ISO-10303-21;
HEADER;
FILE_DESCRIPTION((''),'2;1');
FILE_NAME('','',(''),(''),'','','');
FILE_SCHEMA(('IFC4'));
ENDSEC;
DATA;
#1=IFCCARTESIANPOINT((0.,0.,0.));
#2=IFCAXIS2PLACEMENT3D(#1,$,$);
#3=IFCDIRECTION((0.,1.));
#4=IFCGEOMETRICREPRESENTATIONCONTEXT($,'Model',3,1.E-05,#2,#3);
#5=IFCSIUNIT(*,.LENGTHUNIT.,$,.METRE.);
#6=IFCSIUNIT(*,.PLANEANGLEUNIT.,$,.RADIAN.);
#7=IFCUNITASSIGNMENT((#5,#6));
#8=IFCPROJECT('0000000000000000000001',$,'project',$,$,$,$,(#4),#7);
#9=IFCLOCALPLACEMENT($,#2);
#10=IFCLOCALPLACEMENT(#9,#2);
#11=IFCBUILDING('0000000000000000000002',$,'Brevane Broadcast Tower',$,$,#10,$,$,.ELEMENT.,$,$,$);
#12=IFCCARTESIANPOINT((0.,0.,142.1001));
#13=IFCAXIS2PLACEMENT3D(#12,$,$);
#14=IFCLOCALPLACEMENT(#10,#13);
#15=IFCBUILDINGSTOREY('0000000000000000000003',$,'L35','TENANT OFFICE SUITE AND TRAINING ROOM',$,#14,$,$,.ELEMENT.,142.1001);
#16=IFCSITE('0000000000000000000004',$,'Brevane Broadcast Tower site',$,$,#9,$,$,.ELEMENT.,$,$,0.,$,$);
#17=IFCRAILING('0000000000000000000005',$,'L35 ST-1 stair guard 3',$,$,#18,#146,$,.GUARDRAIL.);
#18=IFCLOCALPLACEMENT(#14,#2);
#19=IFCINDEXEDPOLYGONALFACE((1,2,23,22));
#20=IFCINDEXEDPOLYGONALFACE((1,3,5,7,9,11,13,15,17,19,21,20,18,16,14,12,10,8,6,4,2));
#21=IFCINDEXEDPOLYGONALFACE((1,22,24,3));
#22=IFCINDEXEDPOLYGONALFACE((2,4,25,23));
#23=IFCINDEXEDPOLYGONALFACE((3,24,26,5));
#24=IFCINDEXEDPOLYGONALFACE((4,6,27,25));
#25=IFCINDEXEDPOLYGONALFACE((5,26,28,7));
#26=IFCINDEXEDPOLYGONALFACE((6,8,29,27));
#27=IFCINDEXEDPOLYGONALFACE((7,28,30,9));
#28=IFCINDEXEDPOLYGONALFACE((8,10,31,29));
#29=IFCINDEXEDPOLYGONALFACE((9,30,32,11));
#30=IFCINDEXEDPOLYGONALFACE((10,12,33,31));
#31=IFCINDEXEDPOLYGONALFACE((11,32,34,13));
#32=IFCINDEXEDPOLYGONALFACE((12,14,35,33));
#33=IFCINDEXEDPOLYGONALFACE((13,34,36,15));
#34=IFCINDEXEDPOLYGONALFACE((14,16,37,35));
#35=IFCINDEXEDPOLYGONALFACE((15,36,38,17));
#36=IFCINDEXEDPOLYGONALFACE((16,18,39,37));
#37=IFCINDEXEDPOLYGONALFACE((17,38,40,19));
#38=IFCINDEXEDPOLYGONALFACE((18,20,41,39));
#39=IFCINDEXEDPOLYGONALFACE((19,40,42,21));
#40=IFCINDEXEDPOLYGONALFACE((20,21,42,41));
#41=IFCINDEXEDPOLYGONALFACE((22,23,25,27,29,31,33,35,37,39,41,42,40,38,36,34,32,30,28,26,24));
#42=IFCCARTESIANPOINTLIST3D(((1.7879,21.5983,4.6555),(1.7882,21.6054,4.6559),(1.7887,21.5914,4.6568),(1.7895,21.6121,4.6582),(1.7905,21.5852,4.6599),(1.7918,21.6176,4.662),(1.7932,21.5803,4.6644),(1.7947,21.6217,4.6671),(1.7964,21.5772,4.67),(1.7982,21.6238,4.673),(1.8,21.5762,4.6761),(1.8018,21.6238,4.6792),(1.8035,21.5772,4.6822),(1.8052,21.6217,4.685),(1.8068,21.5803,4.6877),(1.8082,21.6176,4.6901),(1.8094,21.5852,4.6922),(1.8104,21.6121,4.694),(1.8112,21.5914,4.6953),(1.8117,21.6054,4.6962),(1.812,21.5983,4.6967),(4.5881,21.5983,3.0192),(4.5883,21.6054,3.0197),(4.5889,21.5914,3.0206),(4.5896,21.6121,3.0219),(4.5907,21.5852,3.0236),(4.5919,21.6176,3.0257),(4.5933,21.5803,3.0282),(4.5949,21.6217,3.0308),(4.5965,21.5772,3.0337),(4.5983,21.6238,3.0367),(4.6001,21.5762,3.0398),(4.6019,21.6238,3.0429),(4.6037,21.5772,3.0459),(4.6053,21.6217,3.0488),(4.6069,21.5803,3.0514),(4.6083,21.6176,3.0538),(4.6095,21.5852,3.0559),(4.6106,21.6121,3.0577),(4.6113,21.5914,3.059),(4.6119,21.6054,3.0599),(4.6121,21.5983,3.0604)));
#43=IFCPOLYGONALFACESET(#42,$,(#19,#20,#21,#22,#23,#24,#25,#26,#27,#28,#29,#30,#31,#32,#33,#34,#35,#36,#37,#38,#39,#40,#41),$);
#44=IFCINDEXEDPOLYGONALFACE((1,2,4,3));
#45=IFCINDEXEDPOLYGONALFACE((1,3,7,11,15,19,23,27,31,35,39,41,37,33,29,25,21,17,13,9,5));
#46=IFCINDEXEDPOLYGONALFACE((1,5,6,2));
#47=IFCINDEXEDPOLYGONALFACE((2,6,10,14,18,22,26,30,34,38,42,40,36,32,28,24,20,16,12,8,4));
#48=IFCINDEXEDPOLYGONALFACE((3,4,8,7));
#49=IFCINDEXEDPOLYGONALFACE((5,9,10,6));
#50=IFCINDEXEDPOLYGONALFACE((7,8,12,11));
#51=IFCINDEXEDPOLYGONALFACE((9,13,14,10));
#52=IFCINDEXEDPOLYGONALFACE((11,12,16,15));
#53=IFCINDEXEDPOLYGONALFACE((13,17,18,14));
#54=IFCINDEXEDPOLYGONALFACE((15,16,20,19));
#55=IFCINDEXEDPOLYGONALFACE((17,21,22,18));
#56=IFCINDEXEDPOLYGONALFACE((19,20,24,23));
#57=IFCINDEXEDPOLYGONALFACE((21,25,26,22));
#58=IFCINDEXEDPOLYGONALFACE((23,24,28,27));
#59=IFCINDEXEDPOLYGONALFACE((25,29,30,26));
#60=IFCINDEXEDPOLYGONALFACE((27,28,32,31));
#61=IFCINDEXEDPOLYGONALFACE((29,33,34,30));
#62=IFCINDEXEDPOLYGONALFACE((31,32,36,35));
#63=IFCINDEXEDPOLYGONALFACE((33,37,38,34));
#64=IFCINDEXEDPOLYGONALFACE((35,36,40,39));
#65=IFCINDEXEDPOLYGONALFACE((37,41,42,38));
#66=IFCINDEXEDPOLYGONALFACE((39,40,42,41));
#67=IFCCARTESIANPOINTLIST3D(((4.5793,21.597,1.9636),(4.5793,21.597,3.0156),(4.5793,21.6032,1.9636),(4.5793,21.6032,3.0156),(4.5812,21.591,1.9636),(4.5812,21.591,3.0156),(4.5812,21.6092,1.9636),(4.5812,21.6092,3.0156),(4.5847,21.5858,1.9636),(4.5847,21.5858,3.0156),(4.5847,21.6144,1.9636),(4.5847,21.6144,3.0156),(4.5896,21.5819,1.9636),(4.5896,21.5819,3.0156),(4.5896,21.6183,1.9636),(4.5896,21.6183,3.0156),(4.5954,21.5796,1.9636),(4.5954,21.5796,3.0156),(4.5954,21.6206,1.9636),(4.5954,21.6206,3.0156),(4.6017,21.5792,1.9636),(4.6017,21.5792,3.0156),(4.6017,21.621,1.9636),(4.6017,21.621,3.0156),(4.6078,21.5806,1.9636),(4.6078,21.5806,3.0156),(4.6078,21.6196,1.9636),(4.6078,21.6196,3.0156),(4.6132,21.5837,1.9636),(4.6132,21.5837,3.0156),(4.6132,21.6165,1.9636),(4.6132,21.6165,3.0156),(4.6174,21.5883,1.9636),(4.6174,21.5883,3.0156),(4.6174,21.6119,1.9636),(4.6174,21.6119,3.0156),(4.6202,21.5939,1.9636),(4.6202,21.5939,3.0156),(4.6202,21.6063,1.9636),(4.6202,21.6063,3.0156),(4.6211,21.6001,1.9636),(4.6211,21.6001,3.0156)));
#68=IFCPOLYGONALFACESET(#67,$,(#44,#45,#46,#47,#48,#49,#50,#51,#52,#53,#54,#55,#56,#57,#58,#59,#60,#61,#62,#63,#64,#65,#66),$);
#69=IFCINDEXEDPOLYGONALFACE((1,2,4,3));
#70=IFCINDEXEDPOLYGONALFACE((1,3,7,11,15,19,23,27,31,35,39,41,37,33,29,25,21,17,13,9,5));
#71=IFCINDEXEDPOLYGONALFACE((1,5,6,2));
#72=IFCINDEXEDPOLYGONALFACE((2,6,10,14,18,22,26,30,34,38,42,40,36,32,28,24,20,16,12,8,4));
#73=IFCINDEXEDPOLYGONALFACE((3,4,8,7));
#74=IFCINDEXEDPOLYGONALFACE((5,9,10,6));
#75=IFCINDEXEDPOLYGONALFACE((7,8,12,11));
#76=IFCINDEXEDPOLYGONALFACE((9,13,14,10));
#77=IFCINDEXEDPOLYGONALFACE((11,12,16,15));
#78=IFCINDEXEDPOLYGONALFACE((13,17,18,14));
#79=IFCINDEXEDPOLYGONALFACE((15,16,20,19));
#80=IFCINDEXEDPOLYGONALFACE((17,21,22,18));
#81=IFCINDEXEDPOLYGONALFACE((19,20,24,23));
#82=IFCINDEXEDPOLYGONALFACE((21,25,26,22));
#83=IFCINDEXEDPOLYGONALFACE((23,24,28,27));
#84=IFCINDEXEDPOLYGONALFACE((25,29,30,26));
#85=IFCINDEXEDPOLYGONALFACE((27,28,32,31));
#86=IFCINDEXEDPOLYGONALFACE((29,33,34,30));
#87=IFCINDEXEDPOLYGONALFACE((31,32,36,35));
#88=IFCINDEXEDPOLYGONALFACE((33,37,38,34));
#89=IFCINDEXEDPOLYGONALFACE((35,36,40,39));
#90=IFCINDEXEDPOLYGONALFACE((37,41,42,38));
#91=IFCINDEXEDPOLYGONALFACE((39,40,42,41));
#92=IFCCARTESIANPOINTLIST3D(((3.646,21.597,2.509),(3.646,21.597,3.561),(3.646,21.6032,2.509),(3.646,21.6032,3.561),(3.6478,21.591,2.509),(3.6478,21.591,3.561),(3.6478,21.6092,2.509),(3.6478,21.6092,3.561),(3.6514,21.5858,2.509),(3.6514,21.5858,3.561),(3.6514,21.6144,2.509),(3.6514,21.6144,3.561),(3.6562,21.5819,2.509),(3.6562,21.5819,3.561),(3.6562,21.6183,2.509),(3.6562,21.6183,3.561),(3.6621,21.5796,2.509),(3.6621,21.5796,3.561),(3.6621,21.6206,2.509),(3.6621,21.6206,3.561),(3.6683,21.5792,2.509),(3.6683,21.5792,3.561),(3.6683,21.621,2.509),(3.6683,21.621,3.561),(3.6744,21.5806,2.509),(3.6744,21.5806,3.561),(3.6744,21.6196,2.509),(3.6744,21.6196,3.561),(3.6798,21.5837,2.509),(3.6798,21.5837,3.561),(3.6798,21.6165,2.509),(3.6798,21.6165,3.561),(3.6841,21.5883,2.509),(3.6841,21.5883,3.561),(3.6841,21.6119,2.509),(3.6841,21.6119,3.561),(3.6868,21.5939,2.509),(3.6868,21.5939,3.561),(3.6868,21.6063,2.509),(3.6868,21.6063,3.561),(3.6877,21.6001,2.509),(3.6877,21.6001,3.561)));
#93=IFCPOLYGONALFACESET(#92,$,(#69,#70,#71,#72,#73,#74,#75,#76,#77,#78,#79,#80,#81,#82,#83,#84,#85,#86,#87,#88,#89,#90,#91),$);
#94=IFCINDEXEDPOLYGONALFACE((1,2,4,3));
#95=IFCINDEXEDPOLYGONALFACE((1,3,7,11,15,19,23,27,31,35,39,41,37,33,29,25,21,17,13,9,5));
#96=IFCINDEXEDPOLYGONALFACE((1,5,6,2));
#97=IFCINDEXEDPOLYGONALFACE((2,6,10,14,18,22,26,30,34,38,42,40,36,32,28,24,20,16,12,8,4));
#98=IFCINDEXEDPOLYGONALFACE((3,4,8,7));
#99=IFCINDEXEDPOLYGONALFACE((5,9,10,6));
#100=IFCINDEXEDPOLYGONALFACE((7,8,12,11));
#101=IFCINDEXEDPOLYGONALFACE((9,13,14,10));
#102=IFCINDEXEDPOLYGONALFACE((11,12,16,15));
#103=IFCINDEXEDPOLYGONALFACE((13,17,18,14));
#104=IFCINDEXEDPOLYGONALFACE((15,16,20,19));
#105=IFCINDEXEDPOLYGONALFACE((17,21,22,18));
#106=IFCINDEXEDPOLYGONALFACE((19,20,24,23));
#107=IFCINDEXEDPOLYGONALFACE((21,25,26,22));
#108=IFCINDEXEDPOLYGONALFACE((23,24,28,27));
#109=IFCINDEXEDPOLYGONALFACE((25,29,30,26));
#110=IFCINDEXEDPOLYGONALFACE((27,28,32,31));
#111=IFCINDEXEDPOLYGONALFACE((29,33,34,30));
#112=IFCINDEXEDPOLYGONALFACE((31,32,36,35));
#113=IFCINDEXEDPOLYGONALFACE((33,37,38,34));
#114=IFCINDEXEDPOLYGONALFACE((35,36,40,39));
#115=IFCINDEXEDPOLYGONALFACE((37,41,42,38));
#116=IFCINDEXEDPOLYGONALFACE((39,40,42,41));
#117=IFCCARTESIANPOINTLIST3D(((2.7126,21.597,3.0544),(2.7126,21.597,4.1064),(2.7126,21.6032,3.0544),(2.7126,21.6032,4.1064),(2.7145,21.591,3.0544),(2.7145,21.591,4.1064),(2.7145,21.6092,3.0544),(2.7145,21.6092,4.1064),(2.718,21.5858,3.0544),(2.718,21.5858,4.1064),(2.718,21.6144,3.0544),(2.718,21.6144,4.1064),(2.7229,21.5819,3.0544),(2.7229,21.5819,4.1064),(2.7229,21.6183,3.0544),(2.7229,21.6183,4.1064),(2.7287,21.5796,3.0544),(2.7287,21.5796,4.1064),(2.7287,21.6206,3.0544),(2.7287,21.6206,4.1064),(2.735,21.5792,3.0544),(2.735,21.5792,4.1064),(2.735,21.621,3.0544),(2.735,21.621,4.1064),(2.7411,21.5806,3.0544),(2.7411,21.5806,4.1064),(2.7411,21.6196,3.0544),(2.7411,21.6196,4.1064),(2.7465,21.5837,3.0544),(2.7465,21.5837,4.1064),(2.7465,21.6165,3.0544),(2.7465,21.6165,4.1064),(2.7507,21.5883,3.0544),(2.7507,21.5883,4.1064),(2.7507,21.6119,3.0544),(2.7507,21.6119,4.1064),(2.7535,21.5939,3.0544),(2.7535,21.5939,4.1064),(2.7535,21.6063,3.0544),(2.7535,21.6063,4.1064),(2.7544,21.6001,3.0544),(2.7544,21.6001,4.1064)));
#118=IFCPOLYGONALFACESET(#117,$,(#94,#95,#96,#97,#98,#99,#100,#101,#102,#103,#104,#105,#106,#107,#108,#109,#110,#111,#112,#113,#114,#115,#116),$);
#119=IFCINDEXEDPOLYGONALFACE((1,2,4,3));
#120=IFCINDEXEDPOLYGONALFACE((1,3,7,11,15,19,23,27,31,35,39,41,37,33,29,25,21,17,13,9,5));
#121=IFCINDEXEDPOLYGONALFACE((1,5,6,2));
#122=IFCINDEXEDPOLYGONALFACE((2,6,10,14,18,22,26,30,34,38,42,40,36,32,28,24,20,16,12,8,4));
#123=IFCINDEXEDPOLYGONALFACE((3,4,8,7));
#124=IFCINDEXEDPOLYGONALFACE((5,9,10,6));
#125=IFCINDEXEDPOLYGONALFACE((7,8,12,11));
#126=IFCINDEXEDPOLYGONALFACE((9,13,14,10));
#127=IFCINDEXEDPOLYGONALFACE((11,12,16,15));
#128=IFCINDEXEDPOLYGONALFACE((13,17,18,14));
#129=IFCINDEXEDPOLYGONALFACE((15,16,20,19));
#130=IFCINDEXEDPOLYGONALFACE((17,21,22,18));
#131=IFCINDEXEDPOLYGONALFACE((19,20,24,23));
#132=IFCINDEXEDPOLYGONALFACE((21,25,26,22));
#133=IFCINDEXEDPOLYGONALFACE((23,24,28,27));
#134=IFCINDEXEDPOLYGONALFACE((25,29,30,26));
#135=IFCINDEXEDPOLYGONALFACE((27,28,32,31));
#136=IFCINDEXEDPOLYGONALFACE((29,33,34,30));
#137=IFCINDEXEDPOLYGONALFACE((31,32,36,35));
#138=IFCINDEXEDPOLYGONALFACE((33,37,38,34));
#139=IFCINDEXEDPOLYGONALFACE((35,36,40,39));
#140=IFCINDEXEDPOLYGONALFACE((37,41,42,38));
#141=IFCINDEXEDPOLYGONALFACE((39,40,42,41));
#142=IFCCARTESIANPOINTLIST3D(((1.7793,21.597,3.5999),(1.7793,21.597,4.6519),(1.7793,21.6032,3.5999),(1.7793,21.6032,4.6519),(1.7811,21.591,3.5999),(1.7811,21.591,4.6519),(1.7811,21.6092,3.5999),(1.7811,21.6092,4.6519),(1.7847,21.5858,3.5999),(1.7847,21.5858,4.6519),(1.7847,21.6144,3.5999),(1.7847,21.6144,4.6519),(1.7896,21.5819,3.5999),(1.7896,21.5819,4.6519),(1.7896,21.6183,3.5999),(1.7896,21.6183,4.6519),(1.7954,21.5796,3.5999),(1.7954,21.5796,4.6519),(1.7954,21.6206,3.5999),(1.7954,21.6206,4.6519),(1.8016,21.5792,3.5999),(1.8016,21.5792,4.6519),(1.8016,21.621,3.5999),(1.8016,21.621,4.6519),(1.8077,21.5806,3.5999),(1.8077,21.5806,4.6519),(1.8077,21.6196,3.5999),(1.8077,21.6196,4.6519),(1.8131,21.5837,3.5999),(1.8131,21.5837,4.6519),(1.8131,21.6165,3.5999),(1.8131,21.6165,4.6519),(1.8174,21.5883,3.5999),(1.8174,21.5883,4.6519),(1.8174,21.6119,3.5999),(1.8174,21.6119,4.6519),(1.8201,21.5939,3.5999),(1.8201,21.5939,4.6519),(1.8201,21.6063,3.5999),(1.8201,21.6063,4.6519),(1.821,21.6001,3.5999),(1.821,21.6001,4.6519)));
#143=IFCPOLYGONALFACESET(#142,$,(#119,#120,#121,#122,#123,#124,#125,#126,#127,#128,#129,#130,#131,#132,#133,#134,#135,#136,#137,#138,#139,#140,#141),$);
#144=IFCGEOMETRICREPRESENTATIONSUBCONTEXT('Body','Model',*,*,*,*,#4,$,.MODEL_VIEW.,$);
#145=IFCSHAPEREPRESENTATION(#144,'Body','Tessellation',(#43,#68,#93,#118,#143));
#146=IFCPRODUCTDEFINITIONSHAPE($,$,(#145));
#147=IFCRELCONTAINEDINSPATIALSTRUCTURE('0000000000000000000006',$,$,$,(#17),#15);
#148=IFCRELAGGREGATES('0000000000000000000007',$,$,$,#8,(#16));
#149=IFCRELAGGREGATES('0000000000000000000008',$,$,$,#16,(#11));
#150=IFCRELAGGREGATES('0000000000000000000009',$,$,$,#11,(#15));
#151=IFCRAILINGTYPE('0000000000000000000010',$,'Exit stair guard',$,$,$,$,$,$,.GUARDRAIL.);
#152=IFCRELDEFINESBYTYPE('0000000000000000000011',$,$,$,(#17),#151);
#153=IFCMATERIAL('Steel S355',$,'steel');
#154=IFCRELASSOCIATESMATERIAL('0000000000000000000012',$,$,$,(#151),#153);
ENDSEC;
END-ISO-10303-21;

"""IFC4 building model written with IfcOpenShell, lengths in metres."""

from ifc_helpers import new_model, si_unit, direction, frame, origin, origin_2d, place, context, subcontext, project, spatial, circle, extrude, material, type_object, element, save


model = new_model("IFC4")

# Units and contexts
model_context = context("Model", 3, precision=1e-05, world=origin(), true_north=direction((0.0, 1.0)))
body_context = subcontext(model_context, "Body", "Model", "MODEL_VIEW")
ifc_project = project(units=[si_unit("LENGTHUNIT", "METRE"), si_unit("PLANEANGLEUNIT", "RADIAN")], contexts=[model_context])

# Site, building, storey
site_placement = place(None, origin())
site = spatial("IfcSite", under=ifc_project, at=site_placement, Name="Brevane Broadcast Tower site", CompositionType="ELEMENT", RefElevation=0.0)
building_placement = place(site_placement, origin())
building = spatial("IfcBuilding", under=site, at=building_placement, Name="Brevane Broadcast Tower", CompositionType="ELEMENT")
storey_placement = place(building_placement, frame((0.0, 0.0, 142.1001)))
storey = spatial("IfcBuildingStorey", under=building, at=storey_placement, Name="L35", Description="TENANT OFFICE SUITE AND TRAINING ROOM", CompositionType="ELEMENT", Elevation=142.1001)

# Railing
ifc_material_1 = material(Name="Steel S355", Category="steel")
railing_type_1 = type_object("IfcRailingType", Name="Exit stair guard", PredefinedType="GUARDRAIL", material=ifc_material_1)
railing_1_placement = place(storey_placement, frame((4.6001, 21.6001, 1.9636)))
element("IfcRailing", 1, at=railing_1_placement, inside=storey, type_object=railing_type_1, Name="L35 ST-1 stair guard 3", PredefinedType="GUARDRAIL", context=body_context, shape_type="SweptSolid", body=[
    extrude(circle(Radius=0.0239, at=origin_2d()), frame((0.0, 0.0, 1.0762), z_axis=(-0.863394, 0.0, 0.504531), x_axis=(0.0, -1.0, 0.0)), (0.0, 0.0, 1.0), 3.2432),
    extrude(circle(Radius=0.021, at=origin_2d()), origin(), (0.0, 0.0, 1.0), 1.052),
    extrude(circle(Radius=0.021, at=origin_2d()), frame((-0.9333, 0.0, 0.5454)), (0.0, 0.0, 1.0), 1.052),
    extrude(circle(Radius=0.021, at=origin_2d()), frame((-1.8667, 0.0, 1.0908)), (0.0, 0.0, 1.0), 1.052),
    extrude(circle(Radius=0.021, at=origin_2d()), frame((-2.8, 0.0, 1.6362)), (0.0, 0.0, 1.0), 1.052),
])

save(model, "model.ifc")
